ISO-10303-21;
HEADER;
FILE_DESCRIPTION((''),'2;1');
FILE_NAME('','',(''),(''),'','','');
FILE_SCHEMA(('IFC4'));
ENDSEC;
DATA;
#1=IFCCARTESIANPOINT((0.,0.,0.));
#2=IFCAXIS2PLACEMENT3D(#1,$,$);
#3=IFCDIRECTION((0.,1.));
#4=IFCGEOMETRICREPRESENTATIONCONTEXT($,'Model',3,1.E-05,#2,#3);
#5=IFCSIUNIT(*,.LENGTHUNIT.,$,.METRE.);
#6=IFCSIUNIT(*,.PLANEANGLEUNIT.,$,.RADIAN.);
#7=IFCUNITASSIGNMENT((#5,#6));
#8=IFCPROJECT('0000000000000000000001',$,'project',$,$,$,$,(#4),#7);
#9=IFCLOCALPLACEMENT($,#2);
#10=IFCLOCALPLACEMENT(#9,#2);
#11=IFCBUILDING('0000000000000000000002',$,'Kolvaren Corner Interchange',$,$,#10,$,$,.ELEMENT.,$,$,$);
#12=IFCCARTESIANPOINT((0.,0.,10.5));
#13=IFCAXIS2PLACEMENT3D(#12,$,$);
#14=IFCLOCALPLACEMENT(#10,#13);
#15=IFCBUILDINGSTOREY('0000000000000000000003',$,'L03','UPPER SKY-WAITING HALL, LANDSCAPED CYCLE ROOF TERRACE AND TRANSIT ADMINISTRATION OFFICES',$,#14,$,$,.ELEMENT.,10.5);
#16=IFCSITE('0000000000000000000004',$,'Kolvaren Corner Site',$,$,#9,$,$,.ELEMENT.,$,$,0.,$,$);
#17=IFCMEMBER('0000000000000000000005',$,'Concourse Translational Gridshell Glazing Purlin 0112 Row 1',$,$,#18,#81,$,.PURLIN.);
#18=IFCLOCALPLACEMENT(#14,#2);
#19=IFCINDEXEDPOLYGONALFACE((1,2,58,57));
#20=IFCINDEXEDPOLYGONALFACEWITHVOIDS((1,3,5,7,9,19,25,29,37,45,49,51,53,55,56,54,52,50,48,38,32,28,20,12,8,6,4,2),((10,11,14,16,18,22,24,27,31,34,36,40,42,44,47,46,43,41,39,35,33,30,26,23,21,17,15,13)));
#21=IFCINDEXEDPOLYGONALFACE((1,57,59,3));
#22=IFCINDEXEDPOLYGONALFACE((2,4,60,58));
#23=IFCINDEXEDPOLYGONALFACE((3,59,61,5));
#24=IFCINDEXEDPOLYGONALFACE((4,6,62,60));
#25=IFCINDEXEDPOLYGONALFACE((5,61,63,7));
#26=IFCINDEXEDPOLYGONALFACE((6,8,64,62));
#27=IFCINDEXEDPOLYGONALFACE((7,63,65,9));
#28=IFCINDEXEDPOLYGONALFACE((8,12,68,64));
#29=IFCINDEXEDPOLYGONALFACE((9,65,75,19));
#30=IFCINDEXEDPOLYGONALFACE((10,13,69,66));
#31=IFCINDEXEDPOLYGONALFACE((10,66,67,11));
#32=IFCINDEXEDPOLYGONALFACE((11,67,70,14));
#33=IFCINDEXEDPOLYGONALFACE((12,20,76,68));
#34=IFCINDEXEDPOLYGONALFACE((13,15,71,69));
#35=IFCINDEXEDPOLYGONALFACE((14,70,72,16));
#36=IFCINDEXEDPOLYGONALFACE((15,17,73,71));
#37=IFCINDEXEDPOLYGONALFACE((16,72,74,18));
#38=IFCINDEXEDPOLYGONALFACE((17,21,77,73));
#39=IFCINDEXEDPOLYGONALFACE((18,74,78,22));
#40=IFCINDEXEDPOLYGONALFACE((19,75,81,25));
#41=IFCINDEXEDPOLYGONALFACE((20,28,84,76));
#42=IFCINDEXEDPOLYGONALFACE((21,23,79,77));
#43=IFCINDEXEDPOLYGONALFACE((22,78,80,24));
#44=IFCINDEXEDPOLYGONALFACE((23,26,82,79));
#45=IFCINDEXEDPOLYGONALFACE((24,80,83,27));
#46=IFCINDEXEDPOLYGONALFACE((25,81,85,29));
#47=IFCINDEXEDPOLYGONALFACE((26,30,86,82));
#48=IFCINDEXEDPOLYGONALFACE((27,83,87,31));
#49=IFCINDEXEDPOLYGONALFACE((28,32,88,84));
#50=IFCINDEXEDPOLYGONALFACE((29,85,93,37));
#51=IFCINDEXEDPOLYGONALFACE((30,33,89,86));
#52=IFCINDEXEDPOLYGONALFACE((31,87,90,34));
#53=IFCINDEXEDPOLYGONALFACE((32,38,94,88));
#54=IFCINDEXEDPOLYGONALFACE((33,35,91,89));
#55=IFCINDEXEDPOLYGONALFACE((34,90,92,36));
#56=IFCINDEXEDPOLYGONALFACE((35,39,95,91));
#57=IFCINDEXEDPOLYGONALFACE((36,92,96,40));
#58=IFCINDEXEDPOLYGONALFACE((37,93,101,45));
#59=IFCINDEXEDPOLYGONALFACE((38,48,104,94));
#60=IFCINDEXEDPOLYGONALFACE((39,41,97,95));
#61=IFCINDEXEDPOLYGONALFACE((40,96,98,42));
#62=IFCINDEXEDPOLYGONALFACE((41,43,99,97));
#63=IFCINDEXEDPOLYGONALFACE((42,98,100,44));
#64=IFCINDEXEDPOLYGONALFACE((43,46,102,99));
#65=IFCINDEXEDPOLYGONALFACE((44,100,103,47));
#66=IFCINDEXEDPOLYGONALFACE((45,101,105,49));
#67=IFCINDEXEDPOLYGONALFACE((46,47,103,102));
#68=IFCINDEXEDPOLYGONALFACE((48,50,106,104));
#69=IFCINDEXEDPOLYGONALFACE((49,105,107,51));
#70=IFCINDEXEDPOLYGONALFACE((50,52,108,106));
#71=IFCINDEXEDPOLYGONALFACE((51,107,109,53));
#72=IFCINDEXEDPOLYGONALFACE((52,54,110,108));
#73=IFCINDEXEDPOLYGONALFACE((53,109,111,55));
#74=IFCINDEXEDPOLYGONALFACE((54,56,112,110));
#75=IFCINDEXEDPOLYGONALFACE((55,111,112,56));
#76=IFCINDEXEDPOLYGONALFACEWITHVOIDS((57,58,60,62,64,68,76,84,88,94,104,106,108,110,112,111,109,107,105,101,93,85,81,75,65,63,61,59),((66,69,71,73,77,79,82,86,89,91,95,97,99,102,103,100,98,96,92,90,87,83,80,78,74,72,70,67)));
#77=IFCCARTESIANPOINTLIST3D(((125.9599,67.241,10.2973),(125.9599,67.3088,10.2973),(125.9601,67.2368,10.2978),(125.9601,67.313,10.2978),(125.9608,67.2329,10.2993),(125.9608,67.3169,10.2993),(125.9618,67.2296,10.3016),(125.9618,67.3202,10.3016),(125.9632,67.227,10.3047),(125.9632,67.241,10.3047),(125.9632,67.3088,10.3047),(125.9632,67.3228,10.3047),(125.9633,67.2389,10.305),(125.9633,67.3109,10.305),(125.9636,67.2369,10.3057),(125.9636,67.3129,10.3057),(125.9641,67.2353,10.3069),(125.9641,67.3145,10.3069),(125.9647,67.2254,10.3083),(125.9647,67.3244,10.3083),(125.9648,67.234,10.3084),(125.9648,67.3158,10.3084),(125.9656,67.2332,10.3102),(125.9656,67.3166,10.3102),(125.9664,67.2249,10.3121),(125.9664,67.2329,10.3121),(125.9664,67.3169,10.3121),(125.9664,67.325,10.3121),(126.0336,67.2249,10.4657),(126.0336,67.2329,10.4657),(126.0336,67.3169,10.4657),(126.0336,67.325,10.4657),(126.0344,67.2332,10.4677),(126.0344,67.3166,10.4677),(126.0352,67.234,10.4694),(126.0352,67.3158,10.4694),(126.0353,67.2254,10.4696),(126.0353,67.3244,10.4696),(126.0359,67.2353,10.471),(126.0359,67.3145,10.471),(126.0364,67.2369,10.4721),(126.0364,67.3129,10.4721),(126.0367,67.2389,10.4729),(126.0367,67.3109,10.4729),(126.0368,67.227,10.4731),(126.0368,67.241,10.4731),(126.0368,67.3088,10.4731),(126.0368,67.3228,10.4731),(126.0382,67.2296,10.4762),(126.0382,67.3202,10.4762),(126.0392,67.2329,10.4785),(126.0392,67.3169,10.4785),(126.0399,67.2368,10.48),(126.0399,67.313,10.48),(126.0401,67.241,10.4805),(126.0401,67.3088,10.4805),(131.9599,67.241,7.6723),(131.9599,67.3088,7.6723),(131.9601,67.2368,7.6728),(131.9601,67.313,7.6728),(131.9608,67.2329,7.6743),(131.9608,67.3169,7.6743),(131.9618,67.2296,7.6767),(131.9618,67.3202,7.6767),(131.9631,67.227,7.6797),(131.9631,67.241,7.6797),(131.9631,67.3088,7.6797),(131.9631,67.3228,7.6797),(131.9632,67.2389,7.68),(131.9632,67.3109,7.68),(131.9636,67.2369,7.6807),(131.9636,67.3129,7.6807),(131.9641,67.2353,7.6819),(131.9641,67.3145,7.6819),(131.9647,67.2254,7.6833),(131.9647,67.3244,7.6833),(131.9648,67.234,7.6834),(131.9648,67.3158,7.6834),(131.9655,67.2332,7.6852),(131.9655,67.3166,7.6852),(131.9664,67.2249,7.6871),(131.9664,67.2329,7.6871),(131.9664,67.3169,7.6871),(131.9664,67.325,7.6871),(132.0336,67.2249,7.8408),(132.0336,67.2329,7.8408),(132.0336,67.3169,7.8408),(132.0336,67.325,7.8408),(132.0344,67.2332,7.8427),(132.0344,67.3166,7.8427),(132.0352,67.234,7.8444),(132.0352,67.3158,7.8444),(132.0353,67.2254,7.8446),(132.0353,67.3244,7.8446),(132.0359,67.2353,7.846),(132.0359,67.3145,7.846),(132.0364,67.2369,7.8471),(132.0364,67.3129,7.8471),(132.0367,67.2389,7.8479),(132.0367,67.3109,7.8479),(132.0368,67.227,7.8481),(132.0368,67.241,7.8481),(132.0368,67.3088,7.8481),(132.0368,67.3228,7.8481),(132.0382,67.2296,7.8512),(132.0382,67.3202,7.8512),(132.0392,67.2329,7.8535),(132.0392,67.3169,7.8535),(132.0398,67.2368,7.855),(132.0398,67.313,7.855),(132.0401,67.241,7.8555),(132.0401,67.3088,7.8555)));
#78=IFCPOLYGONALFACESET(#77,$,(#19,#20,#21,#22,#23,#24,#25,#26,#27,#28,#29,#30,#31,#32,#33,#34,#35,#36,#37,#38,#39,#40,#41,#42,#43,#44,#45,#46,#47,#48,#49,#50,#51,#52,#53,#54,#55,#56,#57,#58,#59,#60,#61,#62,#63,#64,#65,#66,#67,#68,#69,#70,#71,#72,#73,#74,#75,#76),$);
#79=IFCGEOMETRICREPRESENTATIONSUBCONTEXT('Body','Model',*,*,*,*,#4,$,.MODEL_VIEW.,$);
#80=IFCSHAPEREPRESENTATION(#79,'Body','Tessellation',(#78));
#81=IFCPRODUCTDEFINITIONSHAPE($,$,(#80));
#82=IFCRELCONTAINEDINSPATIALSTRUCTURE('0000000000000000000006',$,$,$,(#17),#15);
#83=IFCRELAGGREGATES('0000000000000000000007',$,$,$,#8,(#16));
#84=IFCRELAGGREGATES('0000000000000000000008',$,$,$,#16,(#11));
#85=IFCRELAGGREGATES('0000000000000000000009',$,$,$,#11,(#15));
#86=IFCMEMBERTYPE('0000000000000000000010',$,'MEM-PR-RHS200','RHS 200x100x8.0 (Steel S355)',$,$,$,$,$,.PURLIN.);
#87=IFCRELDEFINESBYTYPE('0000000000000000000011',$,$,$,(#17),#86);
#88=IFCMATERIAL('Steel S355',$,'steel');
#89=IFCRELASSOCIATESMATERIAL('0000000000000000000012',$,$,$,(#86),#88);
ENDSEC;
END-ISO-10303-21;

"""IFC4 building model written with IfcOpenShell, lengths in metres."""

from ifc_helpers import new_model, si_unit, direction, frame, origin, origin_2d, place, context, subcontext, project, spatial, hollow_rectangle, extrude, material, material_profile, profile_set, type_object, element, save


model = new_model("IFC4")

# Units and contexts
model_context = context("Model", 3, precision=1e-05, world=origin(), true_north=direction((0.0, 1.0)))
body_context = subcontext(model_context, "Body", "Model", "MODEL_VIEW")
ifc_project = project(units=[si_unit("LENGTHUNIT", "METRE"), si_unit("PLANEANGLEUNIT", "RADIAN")], contexts=[model_context])

# Site, building, storey
site_placement = place(None, origin())
site = spatial("IfcSite", under=ifc_project, at=site_placement, Name="Kolvaren Corner Site", CompositionType="ELEMENT", RefElevation=0.0)
building_placement = place(site_placement, origin())
building = spatial("IfcBuilding", under=site, at=building_placement, Name="Kolvaren Corner Interchange", CompositionType="ELEMENT")
storey_placement = place(building_placement, frame((0.0, 0.0, 10.5)))
storey = spatial("IfcBuildingStorey", under=building, at=storey_placement, Name="L03", Description="UPPER SKY-WAITING HALL, LANDSCAPED CYCLE ROOF TERRACE AND TRANSIT ADMINISTRATION OFFICES", CompositionType="ELEMENT", Elevation=10.5)

# Member
ifc_material_1 = material(Name="Steel S355", Category="steel")
ifc_material_profile_1 = material_profile(ifc_material_1, hollow_rectangle(XDim=0.1001, YDim=0.2, WallThickness=0.0081, InnerFilletRadius=0.0081, OuterFilletRadius=0.0161, at=origin_2d()), Name="RHS 200x100x8.0")
ifc_profile_set_1 = profile_set([ifc_material_profile_1], Name="Steel S355")
member_type_1 = type_object("IfcMemberType", Name="MEM-PR-RHS200", Description="RHS 200x100x8.0 (Steel S355)", PredefinedType="PURLIN", material=ifc_profile_set_1)
member_1_placement = place(storey_placement, frame((126.0, 67.2749, 10.3889), z_axis=(0.916157, 0.0, -0.400819), x_axis=(0.0, 1.0, 0.0)))
element("IfcMember", 1, at=member_1_placement, inside=storey, type_object=member_type_1, Name="Concourse Translational Gridshell Glazing Purlin 0112 Row 1", PredefinedType="PURLIN", context=body_context, shape_type="SweptSolid", body=[
    extrude(hollow_rectangle(XDim=0.1001, YDim=0.2, WallThickness=0.0081, InnerFilletRadius=0.0081, OuterFilletRadius=0.0161, at=origin_2d()), origin(), (0.0, 0.0, 1.0), 6.5491),
])

save(model, "model.ifc")
